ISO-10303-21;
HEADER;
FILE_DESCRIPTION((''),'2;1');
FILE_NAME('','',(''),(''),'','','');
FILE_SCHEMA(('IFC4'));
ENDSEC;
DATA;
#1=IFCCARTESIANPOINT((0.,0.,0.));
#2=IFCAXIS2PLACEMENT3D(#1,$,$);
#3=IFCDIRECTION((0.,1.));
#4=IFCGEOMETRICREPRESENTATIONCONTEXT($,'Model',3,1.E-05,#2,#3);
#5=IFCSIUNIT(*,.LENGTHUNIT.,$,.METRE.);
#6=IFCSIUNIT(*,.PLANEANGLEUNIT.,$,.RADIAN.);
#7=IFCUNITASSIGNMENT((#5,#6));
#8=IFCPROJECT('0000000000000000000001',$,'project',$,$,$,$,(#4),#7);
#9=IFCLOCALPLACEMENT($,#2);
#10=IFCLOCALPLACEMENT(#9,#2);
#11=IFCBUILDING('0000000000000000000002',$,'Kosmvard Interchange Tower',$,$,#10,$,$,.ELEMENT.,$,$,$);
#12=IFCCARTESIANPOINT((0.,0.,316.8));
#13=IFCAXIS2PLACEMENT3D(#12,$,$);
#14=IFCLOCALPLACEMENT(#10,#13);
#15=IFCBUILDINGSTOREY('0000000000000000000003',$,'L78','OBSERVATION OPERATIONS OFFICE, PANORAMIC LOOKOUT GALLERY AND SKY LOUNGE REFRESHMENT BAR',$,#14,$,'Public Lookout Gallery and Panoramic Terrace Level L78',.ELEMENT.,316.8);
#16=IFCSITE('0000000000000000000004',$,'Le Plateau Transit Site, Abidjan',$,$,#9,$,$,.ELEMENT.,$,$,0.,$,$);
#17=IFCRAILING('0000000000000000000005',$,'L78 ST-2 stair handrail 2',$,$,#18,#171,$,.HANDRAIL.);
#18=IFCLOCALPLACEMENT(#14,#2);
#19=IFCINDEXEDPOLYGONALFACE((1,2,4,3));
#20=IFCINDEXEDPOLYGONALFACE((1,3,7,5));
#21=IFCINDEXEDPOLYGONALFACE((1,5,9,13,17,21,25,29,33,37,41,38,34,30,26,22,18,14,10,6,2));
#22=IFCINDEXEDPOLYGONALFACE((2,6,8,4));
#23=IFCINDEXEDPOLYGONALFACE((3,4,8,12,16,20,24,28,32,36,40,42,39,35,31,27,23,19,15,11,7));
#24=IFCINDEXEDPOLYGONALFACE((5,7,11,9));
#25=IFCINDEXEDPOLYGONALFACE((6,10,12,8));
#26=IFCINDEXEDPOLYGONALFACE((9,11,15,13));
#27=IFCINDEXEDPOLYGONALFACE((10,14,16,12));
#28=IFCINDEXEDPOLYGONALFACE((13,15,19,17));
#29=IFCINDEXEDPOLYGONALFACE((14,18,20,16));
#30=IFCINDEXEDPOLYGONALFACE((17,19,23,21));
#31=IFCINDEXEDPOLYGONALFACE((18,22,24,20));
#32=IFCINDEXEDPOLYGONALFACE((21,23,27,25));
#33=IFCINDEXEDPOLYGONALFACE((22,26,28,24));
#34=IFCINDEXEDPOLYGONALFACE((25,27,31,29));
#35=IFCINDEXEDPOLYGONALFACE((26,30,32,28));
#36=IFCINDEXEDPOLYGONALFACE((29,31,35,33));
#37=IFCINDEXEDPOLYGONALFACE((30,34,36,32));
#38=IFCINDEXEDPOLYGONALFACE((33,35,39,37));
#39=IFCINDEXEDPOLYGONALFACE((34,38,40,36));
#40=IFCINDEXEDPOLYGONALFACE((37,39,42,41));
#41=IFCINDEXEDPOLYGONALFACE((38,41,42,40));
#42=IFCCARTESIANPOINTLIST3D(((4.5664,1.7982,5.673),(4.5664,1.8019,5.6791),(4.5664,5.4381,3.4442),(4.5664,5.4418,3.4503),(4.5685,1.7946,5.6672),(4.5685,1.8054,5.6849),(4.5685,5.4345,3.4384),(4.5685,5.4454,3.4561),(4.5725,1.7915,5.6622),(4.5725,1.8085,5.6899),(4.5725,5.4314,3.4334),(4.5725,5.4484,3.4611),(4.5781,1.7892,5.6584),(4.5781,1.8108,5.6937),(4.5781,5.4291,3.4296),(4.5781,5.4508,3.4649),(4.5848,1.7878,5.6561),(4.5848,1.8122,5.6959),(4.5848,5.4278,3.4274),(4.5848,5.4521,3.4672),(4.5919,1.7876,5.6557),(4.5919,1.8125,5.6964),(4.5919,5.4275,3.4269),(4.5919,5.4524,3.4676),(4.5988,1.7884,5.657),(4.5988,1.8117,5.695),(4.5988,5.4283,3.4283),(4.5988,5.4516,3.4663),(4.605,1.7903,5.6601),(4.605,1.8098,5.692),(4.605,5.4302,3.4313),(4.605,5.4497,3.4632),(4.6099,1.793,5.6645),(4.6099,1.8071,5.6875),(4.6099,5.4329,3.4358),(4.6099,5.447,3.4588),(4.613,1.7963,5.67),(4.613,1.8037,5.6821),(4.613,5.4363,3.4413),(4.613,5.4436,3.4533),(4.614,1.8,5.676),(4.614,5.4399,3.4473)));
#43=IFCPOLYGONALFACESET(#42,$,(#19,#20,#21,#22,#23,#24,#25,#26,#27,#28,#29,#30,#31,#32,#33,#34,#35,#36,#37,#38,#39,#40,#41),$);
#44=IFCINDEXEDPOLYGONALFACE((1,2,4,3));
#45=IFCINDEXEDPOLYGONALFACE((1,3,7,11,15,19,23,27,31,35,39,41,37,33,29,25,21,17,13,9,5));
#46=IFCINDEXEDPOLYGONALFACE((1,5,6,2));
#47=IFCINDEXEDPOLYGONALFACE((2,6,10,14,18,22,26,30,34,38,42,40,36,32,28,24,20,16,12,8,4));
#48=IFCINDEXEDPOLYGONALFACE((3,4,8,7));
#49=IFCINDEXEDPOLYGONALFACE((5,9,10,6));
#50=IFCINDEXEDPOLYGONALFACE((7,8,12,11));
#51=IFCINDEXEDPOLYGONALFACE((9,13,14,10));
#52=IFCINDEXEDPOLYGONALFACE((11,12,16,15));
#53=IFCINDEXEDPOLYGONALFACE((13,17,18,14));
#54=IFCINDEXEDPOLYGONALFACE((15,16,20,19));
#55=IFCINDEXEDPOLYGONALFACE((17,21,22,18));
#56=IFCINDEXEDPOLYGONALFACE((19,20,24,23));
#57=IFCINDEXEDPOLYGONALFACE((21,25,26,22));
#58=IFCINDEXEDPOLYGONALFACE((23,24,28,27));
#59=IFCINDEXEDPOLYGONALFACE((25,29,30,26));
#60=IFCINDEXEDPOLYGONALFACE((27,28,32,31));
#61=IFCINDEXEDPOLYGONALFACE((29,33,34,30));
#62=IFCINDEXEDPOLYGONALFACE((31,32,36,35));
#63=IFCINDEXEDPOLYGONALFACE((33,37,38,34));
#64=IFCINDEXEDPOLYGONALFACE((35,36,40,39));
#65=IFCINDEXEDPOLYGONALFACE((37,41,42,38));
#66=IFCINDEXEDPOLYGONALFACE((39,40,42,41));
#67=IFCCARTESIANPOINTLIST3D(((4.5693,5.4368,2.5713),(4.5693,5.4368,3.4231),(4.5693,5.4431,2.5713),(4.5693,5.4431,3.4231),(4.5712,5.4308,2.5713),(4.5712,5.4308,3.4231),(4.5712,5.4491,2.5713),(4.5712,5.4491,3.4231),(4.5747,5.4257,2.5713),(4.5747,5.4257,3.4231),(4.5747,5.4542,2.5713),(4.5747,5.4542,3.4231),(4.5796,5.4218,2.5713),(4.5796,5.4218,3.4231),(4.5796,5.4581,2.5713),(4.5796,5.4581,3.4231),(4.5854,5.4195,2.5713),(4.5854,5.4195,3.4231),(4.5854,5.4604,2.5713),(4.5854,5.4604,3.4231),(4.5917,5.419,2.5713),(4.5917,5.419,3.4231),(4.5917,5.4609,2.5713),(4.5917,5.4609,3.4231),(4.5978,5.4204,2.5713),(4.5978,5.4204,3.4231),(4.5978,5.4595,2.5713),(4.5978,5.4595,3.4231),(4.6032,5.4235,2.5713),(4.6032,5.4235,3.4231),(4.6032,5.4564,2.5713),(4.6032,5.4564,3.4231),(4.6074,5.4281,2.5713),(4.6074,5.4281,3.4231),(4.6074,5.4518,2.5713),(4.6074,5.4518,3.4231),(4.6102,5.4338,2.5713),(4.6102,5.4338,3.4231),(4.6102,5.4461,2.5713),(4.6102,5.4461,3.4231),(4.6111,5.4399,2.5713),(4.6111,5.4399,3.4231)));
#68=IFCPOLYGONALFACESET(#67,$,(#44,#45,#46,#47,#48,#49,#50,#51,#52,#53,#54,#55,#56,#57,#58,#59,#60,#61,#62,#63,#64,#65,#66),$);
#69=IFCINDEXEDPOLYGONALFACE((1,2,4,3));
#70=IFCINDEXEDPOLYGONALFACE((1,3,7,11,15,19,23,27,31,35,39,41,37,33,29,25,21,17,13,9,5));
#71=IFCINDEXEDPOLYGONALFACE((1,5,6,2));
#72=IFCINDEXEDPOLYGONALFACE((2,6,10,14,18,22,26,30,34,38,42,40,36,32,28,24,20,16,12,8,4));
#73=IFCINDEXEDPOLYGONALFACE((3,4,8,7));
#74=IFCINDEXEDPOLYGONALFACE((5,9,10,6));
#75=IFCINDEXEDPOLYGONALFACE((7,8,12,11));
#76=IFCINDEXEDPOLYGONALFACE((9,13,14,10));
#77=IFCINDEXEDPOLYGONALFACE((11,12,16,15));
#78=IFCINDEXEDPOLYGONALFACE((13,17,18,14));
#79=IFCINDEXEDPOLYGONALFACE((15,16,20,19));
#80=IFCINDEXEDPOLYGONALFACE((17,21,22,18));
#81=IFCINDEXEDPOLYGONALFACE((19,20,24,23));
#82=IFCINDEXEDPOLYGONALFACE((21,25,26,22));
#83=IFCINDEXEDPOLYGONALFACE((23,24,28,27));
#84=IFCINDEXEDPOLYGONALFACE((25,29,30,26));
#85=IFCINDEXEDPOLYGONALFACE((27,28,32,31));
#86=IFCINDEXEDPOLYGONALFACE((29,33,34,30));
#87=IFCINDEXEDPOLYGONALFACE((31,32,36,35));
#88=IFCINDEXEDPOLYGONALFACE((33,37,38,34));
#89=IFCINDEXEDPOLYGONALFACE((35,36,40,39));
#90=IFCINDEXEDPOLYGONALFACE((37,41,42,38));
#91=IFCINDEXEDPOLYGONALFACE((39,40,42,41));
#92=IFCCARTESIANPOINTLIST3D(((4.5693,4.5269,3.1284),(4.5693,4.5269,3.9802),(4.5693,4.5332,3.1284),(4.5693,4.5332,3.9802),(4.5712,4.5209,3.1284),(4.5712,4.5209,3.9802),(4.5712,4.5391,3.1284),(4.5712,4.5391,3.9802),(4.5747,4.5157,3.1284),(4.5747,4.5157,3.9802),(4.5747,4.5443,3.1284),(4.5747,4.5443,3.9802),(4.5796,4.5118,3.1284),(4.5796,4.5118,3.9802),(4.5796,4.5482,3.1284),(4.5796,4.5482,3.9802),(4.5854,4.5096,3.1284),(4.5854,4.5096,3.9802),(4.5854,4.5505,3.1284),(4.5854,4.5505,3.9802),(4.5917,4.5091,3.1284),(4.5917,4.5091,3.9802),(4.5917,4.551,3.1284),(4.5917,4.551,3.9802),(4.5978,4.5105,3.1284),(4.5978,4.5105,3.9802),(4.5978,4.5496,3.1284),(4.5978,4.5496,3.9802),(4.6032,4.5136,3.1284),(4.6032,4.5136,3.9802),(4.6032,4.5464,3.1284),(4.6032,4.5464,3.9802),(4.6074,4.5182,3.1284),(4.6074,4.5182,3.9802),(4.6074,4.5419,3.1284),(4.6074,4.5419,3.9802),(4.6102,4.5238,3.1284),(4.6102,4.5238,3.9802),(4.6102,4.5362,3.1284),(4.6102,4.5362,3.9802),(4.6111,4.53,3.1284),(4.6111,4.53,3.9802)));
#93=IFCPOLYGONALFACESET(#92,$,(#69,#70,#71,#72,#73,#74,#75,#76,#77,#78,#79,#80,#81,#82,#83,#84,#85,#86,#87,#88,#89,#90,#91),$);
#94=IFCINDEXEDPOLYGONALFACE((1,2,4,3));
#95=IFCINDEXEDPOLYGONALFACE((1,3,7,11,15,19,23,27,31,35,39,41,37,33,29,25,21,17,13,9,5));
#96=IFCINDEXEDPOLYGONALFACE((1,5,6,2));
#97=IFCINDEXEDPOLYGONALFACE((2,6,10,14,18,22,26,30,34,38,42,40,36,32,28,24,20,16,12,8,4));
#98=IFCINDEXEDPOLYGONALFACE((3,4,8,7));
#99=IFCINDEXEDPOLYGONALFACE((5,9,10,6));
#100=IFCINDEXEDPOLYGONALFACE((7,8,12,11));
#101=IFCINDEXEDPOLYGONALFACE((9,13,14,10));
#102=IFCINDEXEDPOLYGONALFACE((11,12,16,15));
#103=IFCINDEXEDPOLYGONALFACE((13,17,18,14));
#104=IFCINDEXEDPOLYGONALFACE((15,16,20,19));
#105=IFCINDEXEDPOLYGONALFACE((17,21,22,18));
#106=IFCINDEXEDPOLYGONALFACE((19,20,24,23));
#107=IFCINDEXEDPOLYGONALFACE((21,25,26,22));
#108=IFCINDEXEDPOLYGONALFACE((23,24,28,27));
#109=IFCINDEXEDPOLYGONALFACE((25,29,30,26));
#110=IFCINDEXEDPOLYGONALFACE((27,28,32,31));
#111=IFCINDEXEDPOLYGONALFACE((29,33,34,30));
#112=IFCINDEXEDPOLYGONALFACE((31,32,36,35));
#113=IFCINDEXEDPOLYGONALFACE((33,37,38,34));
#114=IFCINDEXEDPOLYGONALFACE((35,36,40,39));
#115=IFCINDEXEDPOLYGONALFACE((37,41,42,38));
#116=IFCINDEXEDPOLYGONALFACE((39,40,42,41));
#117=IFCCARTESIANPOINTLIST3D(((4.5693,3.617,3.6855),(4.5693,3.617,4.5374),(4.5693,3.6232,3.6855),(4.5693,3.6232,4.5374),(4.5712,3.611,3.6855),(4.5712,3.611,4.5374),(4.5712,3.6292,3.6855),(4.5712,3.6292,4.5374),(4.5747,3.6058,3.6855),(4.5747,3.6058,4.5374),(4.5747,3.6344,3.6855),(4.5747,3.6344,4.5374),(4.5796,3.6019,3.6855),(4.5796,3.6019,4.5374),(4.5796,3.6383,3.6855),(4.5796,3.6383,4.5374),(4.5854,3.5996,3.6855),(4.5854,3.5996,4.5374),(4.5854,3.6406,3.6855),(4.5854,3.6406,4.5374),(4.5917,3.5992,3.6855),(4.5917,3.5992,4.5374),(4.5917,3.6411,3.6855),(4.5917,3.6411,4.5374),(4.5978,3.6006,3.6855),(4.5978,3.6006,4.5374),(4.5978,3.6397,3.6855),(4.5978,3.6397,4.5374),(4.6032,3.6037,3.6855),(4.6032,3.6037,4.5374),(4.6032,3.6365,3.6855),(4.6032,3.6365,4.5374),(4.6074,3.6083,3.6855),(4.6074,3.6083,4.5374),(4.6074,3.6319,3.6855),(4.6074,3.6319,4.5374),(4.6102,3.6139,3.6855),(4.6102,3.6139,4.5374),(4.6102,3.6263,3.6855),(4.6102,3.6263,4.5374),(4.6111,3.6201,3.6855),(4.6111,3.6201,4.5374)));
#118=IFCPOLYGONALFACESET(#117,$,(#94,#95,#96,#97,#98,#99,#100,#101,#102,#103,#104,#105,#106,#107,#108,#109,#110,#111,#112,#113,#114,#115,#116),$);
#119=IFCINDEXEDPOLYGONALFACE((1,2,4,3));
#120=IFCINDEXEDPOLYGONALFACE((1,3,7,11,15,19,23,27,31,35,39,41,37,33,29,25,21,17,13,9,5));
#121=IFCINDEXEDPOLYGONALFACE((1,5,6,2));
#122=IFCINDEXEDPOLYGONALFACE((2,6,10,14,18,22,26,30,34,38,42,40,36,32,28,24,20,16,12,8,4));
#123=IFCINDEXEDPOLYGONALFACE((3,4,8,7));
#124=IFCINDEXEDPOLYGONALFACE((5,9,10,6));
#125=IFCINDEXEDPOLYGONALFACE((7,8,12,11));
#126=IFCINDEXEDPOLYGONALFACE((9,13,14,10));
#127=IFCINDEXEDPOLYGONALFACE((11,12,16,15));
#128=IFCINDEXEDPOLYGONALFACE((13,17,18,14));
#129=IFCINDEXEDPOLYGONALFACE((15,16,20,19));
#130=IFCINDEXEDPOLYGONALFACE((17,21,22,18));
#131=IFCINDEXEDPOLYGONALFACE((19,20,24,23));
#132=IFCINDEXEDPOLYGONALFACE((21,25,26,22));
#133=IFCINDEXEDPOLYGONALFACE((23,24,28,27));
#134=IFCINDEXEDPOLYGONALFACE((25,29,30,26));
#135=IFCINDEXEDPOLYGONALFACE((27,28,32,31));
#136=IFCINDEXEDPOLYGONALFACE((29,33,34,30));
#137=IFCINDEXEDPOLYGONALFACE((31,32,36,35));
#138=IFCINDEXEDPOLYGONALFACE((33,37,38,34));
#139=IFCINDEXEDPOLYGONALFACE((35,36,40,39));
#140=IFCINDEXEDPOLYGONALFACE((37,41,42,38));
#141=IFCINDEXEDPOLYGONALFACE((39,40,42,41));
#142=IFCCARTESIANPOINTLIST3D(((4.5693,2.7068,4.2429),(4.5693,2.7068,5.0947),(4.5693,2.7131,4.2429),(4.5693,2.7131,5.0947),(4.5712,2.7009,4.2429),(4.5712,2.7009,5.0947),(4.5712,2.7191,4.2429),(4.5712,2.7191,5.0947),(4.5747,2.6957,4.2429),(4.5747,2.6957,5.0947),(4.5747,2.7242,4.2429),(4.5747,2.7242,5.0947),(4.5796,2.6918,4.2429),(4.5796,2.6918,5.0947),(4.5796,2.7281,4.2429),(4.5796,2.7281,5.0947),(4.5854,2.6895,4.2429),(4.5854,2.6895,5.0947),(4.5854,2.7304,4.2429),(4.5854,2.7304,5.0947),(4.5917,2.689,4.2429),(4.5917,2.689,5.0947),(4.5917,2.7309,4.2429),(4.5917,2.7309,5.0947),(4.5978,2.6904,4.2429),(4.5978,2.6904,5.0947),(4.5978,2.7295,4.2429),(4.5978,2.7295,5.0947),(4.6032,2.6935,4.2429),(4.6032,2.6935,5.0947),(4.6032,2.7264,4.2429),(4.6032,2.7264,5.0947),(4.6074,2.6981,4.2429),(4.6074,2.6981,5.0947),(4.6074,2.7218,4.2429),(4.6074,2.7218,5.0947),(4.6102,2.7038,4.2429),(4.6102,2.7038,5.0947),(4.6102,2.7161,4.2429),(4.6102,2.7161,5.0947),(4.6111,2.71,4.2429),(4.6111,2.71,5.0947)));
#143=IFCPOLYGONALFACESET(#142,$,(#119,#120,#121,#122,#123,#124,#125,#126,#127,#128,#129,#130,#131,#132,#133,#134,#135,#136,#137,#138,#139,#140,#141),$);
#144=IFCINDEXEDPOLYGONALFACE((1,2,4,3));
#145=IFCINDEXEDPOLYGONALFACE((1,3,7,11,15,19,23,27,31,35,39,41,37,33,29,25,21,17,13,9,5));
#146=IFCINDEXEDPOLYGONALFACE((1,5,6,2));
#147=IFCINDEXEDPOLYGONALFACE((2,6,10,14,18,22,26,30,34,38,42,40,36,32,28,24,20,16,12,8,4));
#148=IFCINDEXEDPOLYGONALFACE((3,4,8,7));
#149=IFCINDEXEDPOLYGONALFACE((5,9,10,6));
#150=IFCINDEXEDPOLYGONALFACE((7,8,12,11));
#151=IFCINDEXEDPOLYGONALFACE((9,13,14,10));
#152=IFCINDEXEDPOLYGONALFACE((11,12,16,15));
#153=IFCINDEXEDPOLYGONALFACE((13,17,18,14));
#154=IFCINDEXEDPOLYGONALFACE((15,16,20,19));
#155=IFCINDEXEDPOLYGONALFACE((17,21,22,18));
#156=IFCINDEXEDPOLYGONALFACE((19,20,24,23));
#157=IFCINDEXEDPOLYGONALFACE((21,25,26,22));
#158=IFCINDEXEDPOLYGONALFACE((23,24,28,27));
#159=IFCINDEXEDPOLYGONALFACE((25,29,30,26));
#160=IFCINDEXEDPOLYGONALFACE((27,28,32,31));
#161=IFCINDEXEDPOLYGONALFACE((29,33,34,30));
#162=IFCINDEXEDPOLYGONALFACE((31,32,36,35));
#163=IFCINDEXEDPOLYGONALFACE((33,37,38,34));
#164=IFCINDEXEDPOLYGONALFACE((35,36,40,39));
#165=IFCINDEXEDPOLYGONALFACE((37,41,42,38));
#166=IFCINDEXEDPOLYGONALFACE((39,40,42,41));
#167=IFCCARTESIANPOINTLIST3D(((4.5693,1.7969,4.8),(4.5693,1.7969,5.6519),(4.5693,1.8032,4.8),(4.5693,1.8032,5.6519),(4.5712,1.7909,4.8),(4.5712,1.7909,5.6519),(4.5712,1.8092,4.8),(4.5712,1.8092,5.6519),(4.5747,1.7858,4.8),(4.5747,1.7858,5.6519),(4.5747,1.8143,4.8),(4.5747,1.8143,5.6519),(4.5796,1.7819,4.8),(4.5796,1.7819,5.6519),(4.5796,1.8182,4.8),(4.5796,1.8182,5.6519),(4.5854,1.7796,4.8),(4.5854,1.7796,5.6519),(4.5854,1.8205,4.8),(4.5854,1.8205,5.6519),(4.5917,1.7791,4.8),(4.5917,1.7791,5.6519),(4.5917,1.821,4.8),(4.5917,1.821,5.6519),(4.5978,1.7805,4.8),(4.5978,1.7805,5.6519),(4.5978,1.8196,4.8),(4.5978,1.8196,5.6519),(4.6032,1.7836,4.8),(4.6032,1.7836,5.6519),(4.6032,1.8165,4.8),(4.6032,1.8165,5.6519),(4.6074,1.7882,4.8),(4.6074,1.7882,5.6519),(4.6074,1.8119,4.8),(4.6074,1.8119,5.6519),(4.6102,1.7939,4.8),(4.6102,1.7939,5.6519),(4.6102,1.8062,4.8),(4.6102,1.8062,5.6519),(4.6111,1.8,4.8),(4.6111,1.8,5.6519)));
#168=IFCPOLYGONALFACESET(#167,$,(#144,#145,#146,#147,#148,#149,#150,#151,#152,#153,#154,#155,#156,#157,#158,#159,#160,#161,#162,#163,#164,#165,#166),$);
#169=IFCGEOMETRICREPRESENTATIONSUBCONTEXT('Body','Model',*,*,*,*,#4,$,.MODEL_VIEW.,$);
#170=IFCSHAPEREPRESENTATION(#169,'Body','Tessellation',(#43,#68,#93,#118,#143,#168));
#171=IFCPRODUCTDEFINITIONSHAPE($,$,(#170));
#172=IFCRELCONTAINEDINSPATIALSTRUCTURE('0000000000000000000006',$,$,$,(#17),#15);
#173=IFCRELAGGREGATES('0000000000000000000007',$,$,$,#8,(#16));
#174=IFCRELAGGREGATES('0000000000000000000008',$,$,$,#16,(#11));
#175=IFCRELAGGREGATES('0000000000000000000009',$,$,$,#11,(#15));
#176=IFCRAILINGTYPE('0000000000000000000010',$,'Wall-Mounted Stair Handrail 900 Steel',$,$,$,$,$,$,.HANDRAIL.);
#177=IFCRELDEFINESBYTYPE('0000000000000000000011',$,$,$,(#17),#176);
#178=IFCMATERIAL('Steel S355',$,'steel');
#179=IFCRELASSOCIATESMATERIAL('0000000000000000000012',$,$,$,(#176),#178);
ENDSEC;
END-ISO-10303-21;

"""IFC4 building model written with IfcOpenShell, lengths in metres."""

from ifc_helpers import new_model, si_unit, direction, frame, origin, origin_2d, place, context, subcontext, project, spatial, circle, extrude, source, transform, mapped, material, type_object, element, save


model = new_model("IFC4")

# Units and contexts
model_context = context("Model", 3, precision=1e-05, world=origin(), true_north=direction((0.0, 1.0)))
body_context = subcontext(model_context, "Body", "Model", "MODEL_VIEW")
ifc_project = project(units=[si_unit("LENGTHUNIT", "METRE"), si_unit("PLANEANGLEUNIT", "RADIAN")], contexts=[model_context])

# Site, building, storey
site_placement = place(None, origin())
site = spatial("IfcSite", under=ifc_project, at=site_placement, Name="Le Plateau Transit Site, Abidjan", CompositionType="ELEMENT", RefElevation=0.0)
building_placement = place(site_placement, origin())
building = spatial("IfcBuilding", under=site, at=building_placement, Name="Kosmvard Interchange Tower", CompositionType="ELEMENT")
storey_placement = place(building_placement, frame((0.0, 0.0, 316.8)))
storey = spatial("IfcBuildingStorey", under=building, at=storey_placement, Name="L78", Description="OBSERVATION OPERATIONS OFFICE, PANORAMIC LOOKOUT GALLERY AND SKY LOUNGE REFRESHMENT BAR", LongName="Public Lookout Gallery and Panoramic Terrace Level L78", CompositionType="ELEMENT", Elevation=316.8)

# Shared definitions
ifc_material_1 = material(Name="Steel S355", Category="steel")

# Railing
railing_type_1 = type_object("IfcRailingType", Name="Wall-Mounted Stair Handrail 900 Steel", PredefinedType="HANDRAIL", material=ifc_material_1)
shared_shape_1 = source(origin(), body_context, "Body", "SweptSolid", [
    extrude(circle(Radius=0.0239, at=origin_2d()), frame((0.0, 0.0, 0.876), z_axis=(0.0, -0.852825, 0.522197), x_axis=(1.0, 0.0, 0.0)), (0.0, 0.0, 1.0), 4.2681),
    extrude(circle(Radius=0.021, at=origin_2d()), origin(), (0.0, 0.0, 1.0), 0.8518),
    extrude(circle(Radius=0.021, at=origin_2d()), frame((0.0, -0.9099, 0.5571)), (0.0, 0.0, 1.0), 0.8518),
    extrude(circle(Radius=0.021, at=origin_2d()), frame((0.0, -1.8198, 1.1143)), (0.0, 0.0, 1.0), 0.8518),
    extrude(circle(Radius=0.021, at=origin_2d()), frame((0.0, -2.73, 1.6716)), (0.0, 0.0, 1.0), 0.8518),
    extrude(circle(Radius=0.021, at=origin_2d()), frame((0.0, -3.6399, 2.2288)), (0.0, 0.0, 1.0), 0.8518),
])
railing_1_placement = place(storey_placement, frame((4.5901, 5.4399, 2.5713)))
element("IfcRailing", 1, at=railing_1_placement, inside=storey, type_object=railing_type_1, Name="L78 ST-2 stair handrail 2", PredefinedType="HANDRAIL", context=body_context, shape_type="MappedRepresentation", body=[
    mapped(shared_shape_1, transform((0.0, 0.0, 0.0), scale=1.0)),
])

save(model, "model.ifc")
